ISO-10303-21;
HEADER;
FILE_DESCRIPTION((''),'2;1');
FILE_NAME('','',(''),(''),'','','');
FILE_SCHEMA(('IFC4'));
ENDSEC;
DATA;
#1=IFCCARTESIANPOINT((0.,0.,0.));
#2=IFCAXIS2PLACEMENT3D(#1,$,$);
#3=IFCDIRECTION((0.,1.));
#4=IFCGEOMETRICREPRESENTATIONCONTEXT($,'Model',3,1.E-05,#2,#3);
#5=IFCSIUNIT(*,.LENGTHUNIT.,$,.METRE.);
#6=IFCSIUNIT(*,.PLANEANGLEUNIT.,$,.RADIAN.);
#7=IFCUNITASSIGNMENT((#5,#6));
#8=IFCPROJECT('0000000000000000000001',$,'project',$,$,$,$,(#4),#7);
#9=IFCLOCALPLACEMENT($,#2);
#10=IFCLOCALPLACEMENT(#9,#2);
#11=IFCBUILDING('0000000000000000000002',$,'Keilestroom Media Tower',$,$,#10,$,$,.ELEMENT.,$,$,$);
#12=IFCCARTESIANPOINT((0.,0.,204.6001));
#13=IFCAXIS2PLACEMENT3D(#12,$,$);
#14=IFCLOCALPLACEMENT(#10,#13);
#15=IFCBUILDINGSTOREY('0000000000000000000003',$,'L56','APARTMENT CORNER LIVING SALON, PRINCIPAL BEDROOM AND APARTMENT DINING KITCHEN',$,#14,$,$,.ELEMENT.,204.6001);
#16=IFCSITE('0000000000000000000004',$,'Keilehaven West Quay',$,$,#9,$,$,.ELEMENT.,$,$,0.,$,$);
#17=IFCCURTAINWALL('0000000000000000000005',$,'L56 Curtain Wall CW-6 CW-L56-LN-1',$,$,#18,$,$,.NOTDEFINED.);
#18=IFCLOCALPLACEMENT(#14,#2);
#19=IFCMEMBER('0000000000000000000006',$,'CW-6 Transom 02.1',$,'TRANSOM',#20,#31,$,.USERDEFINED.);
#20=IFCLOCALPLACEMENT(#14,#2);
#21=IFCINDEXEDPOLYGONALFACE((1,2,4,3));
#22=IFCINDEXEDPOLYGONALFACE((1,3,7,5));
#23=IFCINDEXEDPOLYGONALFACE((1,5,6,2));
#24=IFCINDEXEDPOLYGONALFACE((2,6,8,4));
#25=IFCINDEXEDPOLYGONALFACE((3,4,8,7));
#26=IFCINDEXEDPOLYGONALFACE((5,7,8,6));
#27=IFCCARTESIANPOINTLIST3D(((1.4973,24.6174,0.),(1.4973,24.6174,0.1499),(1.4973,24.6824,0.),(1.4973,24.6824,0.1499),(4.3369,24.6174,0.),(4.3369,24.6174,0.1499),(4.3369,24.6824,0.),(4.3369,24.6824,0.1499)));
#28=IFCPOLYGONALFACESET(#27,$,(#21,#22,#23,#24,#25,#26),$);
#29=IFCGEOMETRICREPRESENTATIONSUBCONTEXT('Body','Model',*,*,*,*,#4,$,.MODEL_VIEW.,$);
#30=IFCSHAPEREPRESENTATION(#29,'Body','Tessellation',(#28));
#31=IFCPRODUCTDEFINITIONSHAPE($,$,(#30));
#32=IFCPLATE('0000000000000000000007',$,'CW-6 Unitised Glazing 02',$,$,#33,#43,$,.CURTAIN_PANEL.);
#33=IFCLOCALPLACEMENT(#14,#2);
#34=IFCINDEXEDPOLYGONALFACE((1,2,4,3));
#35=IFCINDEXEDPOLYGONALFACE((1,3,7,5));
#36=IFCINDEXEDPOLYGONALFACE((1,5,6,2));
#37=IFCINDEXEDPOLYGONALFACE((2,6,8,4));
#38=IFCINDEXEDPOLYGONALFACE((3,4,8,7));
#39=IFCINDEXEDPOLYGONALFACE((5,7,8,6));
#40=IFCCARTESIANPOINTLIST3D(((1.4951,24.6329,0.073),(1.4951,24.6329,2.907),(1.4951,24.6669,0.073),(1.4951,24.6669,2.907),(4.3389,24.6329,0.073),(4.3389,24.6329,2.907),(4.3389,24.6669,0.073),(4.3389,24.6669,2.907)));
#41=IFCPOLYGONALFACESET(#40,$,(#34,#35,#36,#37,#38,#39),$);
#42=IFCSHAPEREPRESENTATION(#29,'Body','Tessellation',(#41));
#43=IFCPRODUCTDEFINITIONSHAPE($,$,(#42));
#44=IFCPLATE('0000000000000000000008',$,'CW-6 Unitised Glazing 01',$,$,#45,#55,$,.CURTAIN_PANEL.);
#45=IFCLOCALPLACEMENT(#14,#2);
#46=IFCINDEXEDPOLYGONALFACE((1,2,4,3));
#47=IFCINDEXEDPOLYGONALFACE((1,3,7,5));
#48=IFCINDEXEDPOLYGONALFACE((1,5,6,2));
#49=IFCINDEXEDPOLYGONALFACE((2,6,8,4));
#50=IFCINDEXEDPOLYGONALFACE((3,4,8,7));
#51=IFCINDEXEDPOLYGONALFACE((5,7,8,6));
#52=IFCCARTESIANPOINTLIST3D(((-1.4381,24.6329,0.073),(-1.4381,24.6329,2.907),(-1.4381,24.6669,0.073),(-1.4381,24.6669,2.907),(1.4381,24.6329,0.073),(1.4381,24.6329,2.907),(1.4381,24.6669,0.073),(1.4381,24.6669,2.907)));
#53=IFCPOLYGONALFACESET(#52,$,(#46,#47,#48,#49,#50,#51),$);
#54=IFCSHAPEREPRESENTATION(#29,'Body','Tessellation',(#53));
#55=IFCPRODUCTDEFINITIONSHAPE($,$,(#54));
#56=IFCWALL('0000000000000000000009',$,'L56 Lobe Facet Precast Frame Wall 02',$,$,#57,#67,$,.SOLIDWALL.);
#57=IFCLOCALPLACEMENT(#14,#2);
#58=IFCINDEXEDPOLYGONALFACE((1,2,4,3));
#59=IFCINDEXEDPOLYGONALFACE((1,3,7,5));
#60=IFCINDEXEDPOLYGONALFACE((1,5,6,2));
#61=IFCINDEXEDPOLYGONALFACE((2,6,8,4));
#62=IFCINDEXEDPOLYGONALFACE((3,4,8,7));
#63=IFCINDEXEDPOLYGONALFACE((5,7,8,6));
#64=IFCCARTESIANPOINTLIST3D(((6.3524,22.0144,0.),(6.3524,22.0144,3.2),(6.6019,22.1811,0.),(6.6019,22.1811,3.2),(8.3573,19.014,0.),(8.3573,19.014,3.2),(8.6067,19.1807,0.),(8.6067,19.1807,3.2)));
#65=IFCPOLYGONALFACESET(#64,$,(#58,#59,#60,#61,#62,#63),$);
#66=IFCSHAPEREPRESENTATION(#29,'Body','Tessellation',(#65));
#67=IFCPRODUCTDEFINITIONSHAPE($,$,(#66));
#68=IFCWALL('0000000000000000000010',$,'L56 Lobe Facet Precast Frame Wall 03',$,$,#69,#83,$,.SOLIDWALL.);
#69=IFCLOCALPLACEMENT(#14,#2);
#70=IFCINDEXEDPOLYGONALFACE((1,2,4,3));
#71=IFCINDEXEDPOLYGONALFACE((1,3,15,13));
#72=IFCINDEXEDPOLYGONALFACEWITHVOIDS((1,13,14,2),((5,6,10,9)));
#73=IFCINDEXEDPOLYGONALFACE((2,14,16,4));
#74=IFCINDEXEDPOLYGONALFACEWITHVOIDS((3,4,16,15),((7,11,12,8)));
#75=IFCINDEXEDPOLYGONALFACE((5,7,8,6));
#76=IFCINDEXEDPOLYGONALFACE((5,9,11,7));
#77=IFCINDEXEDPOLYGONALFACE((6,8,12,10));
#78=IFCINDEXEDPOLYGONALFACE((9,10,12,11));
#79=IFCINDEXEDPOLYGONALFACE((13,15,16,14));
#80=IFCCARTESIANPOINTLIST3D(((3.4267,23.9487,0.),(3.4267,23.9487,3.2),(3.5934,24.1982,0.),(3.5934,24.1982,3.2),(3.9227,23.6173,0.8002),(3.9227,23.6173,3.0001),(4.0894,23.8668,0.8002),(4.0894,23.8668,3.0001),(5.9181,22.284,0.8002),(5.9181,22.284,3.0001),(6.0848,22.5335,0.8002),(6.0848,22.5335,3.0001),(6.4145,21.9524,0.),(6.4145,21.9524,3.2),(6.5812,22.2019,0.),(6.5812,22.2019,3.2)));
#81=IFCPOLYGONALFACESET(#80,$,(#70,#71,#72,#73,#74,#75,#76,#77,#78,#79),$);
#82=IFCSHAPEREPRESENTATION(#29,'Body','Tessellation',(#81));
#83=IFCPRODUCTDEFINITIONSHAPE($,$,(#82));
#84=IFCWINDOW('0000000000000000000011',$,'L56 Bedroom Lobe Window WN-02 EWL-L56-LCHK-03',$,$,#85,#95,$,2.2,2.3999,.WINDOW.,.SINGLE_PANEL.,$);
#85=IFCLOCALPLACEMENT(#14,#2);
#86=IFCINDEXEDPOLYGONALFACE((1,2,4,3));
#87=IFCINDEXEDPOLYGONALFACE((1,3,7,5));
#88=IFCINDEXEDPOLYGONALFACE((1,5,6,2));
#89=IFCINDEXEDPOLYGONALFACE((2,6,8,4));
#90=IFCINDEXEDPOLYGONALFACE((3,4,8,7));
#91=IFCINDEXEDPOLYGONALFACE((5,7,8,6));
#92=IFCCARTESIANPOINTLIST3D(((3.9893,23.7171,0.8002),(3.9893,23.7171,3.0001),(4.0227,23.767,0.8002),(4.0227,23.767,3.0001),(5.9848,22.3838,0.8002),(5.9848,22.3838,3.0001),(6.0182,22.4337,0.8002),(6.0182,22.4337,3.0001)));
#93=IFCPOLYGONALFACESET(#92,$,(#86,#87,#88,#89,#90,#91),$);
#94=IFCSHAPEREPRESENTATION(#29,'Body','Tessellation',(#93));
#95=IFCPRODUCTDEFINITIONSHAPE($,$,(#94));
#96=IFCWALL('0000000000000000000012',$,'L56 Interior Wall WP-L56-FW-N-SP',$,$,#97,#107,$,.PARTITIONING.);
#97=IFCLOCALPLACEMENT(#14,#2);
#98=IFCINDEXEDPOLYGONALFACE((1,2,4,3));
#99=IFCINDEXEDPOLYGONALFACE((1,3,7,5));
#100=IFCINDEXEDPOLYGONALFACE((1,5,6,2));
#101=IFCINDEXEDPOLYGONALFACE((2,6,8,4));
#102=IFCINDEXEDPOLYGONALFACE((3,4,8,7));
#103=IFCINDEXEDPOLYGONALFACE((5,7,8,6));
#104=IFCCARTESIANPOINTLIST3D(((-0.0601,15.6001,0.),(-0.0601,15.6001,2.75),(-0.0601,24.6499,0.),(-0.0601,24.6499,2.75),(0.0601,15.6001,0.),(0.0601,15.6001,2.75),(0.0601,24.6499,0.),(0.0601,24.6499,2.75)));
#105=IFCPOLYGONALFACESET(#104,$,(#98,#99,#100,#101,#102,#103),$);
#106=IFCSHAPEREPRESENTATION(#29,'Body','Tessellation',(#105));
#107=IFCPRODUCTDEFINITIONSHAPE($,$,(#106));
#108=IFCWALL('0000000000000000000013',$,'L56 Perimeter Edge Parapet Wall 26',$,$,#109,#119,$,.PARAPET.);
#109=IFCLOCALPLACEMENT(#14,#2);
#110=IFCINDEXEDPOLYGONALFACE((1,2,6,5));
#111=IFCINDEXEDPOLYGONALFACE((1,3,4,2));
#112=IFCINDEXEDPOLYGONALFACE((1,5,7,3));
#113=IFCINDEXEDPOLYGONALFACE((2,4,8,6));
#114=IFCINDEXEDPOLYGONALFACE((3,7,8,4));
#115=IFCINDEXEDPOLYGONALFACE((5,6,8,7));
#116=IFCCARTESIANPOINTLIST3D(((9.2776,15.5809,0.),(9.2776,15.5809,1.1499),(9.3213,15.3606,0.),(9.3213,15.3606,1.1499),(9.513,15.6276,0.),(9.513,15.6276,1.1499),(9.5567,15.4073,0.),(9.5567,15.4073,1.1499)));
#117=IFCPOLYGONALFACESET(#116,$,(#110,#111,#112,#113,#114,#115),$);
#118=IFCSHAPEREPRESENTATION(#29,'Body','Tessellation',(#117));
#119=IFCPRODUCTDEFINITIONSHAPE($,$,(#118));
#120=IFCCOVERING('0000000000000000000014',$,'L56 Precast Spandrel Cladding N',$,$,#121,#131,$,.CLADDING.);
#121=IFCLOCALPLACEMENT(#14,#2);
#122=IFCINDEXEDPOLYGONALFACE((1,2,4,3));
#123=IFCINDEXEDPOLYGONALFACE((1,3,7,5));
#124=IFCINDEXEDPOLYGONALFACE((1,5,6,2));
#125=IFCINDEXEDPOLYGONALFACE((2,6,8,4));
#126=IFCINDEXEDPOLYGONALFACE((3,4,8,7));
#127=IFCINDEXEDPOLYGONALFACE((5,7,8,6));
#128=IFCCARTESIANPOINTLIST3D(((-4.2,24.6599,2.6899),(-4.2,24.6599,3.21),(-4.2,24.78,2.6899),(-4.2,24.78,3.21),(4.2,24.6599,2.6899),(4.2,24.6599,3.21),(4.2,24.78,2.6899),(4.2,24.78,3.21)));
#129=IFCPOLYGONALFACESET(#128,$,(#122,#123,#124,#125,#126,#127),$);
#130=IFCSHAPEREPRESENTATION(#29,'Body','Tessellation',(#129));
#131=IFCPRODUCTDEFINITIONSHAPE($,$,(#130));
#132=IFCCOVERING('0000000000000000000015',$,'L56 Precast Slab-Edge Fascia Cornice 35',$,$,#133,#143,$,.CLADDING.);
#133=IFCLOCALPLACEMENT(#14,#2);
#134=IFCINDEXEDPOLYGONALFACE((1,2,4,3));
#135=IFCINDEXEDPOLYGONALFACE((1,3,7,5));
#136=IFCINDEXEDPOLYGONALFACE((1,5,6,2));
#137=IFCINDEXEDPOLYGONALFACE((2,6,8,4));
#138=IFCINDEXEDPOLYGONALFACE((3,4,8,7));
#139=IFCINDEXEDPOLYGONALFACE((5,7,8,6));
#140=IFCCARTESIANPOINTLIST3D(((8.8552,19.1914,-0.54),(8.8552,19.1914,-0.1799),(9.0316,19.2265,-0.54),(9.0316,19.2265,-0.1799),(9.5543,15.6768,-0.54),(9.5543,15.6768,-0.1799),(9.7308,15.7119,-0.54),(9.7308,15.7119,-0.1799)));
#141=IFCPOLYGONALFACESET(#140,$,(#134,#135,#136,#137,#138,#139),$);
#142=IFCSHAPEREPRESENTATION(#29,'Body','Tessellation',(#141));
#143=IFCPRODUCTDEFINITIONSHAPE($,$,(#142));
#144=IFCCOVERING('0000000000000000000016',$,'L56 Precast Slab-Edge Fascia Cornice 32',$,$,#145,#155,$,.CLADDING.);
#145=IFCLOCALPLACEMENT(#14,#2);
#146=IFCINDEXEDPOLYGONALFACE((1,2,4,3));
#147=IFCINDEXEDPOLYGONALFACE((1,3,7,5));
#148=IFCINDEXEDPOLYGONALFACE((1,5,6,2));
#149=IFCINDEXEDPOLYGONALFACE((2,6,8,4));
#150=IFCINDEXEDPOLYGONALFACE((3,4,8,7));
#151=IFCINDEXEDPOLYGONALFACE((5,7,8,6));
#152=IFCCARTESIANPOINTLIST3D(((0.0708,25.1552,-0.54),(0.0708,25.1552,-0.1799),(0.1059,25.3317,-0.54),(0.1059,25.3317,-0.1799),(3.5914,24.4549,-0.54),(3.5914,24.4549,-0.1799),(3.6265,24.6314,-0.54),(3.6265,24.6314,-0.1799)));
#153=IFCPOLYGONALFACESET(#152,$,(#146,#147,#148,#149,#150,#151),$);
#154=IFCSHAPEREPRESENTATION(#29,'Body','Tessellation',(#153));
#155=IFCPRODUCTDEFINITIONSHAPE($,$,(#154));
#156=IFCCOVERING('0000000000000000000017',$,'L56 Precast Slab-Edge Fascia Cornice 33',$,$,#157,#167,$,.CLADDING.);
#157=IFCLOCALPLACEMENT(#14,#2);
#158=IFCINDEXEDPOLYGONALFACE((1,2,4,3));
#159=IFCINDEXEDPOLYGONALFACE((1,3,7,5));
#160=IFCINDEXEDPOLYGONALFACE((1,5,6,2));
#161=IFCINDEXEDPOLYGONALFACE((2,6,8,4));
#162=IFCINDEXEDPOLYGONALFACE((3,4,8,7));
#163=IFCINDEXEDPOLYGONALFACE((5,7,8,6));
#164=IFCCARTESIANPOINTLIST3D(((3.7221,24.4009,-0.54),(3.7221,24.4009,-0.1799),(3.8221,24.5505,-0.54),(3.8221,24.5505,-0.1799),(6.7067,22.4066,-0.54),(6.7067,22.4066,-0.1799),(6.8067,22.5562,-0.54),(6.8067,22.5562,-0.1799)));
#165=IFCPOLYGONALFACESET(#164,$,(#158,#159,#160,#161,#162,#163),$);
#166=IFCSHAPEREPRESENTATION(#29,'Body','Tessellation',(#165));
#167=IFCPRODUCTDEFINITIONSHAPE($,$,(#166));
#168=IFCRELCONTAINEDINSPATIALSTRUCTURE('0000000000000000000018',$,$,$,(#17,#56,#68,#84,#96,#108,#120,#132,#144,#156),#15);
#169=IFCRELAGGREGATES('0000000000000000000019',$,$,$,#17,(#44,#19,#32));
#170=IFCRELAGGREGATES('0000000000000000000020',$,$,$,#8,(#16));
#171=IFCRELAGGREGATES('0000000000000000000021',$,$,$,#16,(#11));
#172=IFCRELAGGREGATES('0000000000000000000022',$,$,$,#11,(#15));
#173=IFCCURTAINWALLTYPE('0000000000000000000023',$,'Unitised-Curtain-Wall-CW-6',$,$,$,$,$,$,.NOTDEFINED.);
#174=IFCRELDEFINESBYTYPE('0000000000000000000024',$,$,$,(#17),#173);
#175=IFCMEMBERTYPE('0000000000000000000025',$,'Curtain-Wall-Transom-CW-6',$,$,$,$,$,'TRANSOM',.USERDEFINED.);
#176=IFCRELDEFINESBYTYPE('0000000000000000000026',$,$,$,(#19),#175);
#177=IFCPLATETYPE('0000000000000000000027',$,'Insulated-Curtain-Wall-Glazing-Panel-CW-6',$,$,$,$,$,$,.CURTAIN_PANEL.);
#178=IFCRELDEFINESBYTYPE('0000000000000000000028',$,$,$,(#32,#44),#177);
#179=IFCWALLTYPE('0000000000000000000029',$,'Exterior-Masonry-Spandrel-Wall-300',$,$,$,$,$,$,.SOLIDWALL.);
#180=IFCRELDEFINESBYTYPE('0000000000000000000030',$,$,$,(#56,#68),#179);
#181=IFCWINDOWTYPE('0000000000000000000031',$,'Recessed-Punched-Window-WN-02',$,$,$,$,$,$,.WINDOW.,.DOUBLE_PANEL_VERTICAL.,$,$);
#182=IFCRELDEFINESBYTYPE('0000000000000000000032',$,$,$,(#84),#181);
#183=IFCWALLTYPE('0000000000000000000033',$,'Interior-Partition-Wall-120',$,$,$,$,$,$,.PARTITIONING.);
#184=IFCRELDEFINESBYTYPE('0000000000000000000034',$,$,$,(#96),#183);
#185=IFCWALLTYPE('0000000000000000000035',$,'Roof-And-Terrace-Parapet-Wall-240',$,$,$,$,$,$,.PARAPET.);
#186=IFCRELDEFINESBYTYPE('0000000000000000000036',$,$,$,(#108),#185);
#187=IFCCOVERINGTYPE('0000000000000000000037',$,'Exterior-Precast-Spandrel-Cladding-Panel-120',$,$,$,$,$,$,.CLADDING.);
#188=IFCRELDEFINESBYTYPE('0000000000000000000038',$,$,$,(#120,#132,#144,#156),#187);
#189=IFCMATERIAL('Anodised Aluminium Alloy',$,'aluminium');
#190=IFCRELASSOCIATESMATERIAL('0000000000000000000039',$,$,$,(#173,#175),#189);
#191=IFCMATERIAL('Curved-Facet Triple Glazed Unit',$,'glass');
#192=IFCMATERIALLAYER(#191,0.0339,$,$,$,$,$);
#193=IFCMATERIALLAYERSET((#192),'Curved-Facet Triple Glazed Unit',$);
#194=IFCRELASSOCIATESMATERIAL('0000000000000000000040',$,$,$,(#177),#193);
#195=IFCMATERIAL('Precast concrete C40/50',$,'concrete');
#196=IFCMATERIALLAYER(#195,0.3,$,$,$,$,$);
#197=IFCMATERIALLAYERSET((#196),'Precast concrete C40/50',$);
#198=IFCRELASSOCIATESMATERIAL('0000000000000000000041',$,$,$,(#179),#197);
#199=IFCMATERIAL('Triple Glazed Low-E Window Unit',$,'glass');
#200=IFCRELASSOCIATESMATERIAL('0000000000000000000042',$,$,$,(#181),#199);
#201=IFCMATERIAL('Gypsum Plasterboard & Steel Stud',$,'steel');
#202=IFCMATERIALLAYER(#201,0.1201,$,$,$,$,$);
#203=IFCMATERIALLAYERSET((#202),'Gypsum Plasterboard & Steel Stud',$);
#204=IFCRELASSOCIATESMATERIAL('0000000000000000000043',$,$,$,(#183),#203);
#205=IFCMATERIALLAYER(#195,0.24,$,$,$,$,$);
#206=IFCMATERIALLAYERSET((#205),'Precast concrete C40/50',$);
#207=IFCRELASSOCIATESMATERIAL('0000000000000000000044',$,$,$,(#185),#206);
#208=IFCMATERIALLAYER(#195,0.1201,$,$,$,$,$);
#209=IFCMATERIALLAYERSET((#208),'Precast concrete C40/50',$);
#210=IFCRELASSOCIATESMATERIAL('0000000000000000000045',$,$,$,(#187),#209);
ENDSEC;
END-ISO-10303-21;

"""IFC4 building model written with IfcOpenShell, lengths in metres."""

from ifc_helpers import new_model, si_unit, direction, frame, frame_2d, origin, origin_2d, place, context, subcontext, project, spatial, rectangle, extrude, source, transform, mapped, material, layer, layer_set, material_profile, profile_set, type_object, element, fill, aggregate, save


model = new_model("IFC4")

# Units and contexts
model_context = context("Model", 3, precision=1e-05, world=origin(), true_north=direction((0.0, 1.0)))
body_context = subcontext(model_context, "Body", "Model", "MODEL_VIEW")
ifc_project = project(units=[si_unit("LENGTHUNIT", "METRE"), si_unit("PLANEANGLEUNIT", "RADIAN")], contexts=[model_context])

# Site, building, storey
site_placement = place(None, origin())
site = spatial("IfcSite", under=ifc_project, at=site_placement, Name="Keilehaven West Quay", CompositionType="ELEMENT", RefElevation=0.0)
building_placement = place(site_placement, origin())
building = spatial("IfcBuilding", under=site, at=building_placement, Name="Keilestroom Media Tower", CompositionType="ELEMENT")
storey_placement = place(building_placement, frame((0.0, 0.0, 204.6001)))
storey = spatial("IfcBuildingStorey", under=building, at=storey_placement, Name="L56", Description="APARTMENT CORNER LIVING SALON, PRINCIPAL BEDROOM AND APARTMENT DINING KITCHEN", CompositionType="ELEMENT", Elevation=204.6001)

# Curtain wall, member, plates
ifc_material_1 = material(Name="Anodised Aluminium Alloy", Category="aluminium")
curtain_wall_type = type_object("IfcCurtainWallType", Name="Unitised-Curtain-Wall-CW-6", PredefinedType="NOTDEFINED", material=ifc_material_1)
curtain_wall_placement = place(storey_placement, origin())
curtain_wall = element("IfcCurtainWall", 1, at=curtain_wall_placement, inside=storey, type_object=curtain_wall_type, Name="L56 Curtain Wall CW-6 CW-L56-LN-1", PredefinedType="NOTDEFINED")
ifc_material_profile_1 = material_profile(ifc_material_1, rectangle(XDim=0.0649, YDim=0.1499, at=origin_2d()), Name="ALU TRANSOM 65x150")
ifc_profile_set_1 = profile_set([ifc_material_profile_1], Name="Anodised Aluminium Alloy")
member_type_1 = type_object("IfcMemberType", Name="Curtain-Wall-Transom-CW-6", ElementType="TRANSOM", PredefinedType="USERDEFINED", material=ifc_profile_set_1)
shared_shape_1 = source(origin(), body_context, "Body", "SweptSolid", [
    extrude(rectangle(XDim=0.0649, YDim=0.1499, at=origin_2d()), origin(), (0.0, 0.0, 1.0), 2.8396),
])
member_1_placement = place(storey_placement, frame((1.4973, 24.6499, 0.075), z_axis=(1.0, 0.0, 0.0), x_axis=(0.0, 1.0, 0.0)))
member_1 = element("IfcMember", 2, at=member_1_placement, type_object=member_type_1, Name="CW-6 Transom 02.1", ObjectType="TRANSOM", PredefinedType="USERDEFINED", context=body_context, shape_type="MappedRepresentation", body=[
    mapped(shared_shape_1, transform((0.0, 0.0, 0.0), x_axis=(1.0, 0.0, 0.0), y_axis=(0.0, 1.0, 0.0), z_axis=(0.0, 0.0, 1.0), scale=1.0)),
])
ifc_material_2 = material(Name="Curved-Facet Triple Glazed Unit", Category="glass")
ifc_layer_1 = layer(ifc_material_2, 0.0339)
ifc_layer_set_1 = layer_set([ifc_layer_1], Name="Curved-Facet Triple Glazed Unit")
plate_type = type_object("IfcPlateType", Name="Insulated-Curtain-Wall-Glazing-Panel-CW-6", PredefinedType="CURTAIN_PANEL", material=ifc_layer_set_1)
shared_shape_2 = source(origin(), body_context, "Body", "SweptSolid", [
    extrude(rectangle(XDim=2.8438, YDim=0.0339, at=origin_2d()), origin(), (0.0, 0.0, 1.0), 2.834),
])
plate_1_placement = place(storey_placement, frame((2.917, 24.6499, 0.073), z_axis=(0.0, 0.0, 1.0), x_axis=(1.0, 0.0, 0.0)))
plate_1 = element("IfcPlate", 3, at=plate_1_placement, type_object=plate_type, Name="CW-6 Unitised Glazing 02", PredefinedType="CURTAIN_PANEL", context=body_context, shape_type="MappedRepresentation", body=[
    mapped(shared_shape_2, transform((0.0, 0.0, 0.0), x_axis=(1.0, 0.0, 0.0), y_axis=(0.0, 1.0, 0.0), z_axis=(0.0, 0.0, 1.0), scale=1.0)),
])
shared_shape_3 = source(origin(), body_context, "Body", "SweptSolid", [
    extrude(rectangle(XDim=2.8762, YDim=0.0339, at=origin_2d()), origin(), (0.0, 0.0, 1.0), 2.834),
])
plate_2_placement = place(storey_placement, frame((0.0, 24.6499, 0.073), z_axis=(0.0, 0.0, 1.0), x_axis=(1.0, 0.0, 0.0)))
plate_2 = element("IfcPlate", 4, at=plate_2_placement, type_object=plate_type, Name="CW-6 Unitised Glazing 01", PredefinedType="CURTAIN_PANEL", context=body_context, shape_type="MappedRepresentation", body=[
    mapped(shared_shape_3, transform((0.0, 0.0, 0.0), x_axis=(1.0, 0.0, 0.0), y_axis=(0.0, 1.0, 0.0), z_axis=(0.0, 0.0, 1.0), scale=1.0)),
])
aggregate(curtain_wall, [plate_2, member_1, plate_1])

# Wall
ifc_material_3 = material(Name="Precast concrete C40/50", Category="concrete")
ifc_layer_2 = layer(ifc_material_3, 0.3)
ifc_layer_set_2 = layer_set([ifc_layer_2], Name="Precast concrete C40/50")
wall_type_1 = type_object("IfcWallType", Name="Exterior-Masonry-Spandrel-Wall-300", PredefinedType="SOLIDWALL", material=ifc_layer_set_2)
wall_1_placement = place(storey_placement, frame((8.4819, 19.0974, 0.0), z_axis=(0.0, 0.0, 1.0), x_axis=(-0.555574, 0.831467, 0.0)))
element("IfcWall", 5, at=wall_1_placement, inside=storey, type_object=wall_type_1, Name="L56 Lobe Facet Precast Frame Wall 02", PredefinedType="SOLIDWALL", context=body_context, shape_type="SweptSolid", body=[
    extrude(rectangle(XDim=3.6086, YDim=0.3, at=frame_2d((1.8042, 0.0))), origin(), (0.0, 0.0, 1.0), 3.2),
])

# Wall, opening, window
wall_2_placement = place(storey_placement, frame((6.4978, 22.0771, 0.0), z_axis=(0.0, 0.0, 1.0), x_axis=(-0.831475, 0.555562, 0.0)))
wall_2 = element("IfcWall", 6, at=wall_2_placement, inside=storey, type_object=wall_type_1, Name="L56 Lobe Facet Precast Frame Wall 03", PredefinedType="SOLIDWALL", context=body_context, shape_type="SweptSolid", body=[
    extrude(rectangle(XDim=3.5933, YDim=0.3, at=frame_2d((1.7966, 0.0))), origin(), (0.0, 0.0, 1.0), 3.2),
])
opening_placement = place(wall_2_placement, frame((0.5969, 0.0, 0.8)))
opening = element("IfcOpeningElement", 7, at=opening_placement, cuts=wall_2, PredefinedType="OPENING", context=body_context, shape_type="SweptSolid", body=[
    extrude(rectangle(XDim=2.3999, YDim=2.2, at=frame_2d((1.2, 1.1001))), frame((0.0, 0.1602, 0.0), z_axis=(0.0, -1.0, 0.0), x_axis=(1.0, 0.0, 0.0)), (0.0, 0.0, 1.0), 0.3201),
])
ifc_material_4 = material(Name="Triple Glazed Low-E Window Unit", Category="glass")
window_type = type_object("IfcWindowType", Name="Recessed-Punched-Window-WN-02", PartitioningType="DOUBLE_PANEL_VERTICAL", PredefinedType="WINDOW", material=ifc_material_4)
shared_shape_4 = source(origin(), body_context, "Body", "SweptSolid", [
    extrude(rectangle(XDim=2.3999, YDim=2.2, at=frame_2d((1.2, 1.1001))), frame((0.0, 0.03, 0.0), z_axis=(0.0, -1.0, 0.0), x_axis=(1.0, 0.0, 0.0)), (0.0, 0.0, 1.0), 0.0601),
])
window_placement = place(opening_placement, origin())
window = element("IfcWindow", 8, at=window_placement, inside=storey, type_object=window_type, Name="L56 Bedroom Lobe Window WN-02 EWL-L56-LCHK-03", OverallHeight=2.2, OverallWidth=2.3999, PartitioningType="SINGLE_PANEL", PredefinedType="WINDOW", context=body_context, shape_type="MappedRepresentation", body=[
    mapped(shared_shape_4, transform((0.0, 0.0, 0.0), x_axis=(1.0, 0.0, 0.0), y_axis=(0.0, 1.0, 0.0), z_axis=(0.0, 0.0, 1.0), scale=1.0)),
])
fill(opening, window)

# Walls
ifc_material_5 = material(Name="Gypsum Plasterboard & Steel Stud", Category="steel")
ifc_layer_3 = layer(ifc_material_5, 0.1201)
ifc_layer_set_3 = layer_set([ifc_layer_3], Name="Gypsum Plasterboard & Steel Stud")
wall_type_2 = type_object("IfcWallType", Name="Interior-Partition-Wall-120", PredefinedType="PARTITIONING", material=ifc_layer_set_3)
wall_3_placement = place(storey_placement, frame((0.0, 15.6001, 0.0), z_axis=(0.0, 0.0, 1.0), x_axis=(0.0, 1.0, 0.0)))
element("IfcWall", 9, at=wall_3_placement, inside=storey, type_object=wall_type_2, Name="L56 Interior Wall WP-L56-FW-N-SP", PredefinedType="PARTITIONING", context=body_context, shape_type="SweptSolid", body=[
    extrude(rectangle(XDim=9.0498, YDim=0.1201, at=frame_2d((4.5249, 0.0))), origin(), (0.0, 0.0, 1.0), 2.75),
])
ifc_layer_4 = layer(ifc_material_3, 0.24)
ifc_layer_set_4 = layer_set([ifc_layer_4], Name="Precast concrete C40/50")
wall_type_3 = type_object("IfcWallType", Name="Roof-And-Terrace-Parapet-Wall-240", PredefinedType="PARAPET", material=ifc_layer_set_4)
wall_4_placement = place(storey_placement, frame((9.3953, 15.6042, 0.0), z_axis=(0.0, 0.0, 1.0), x_axis=(0.194652, -0.980872, 0.0)))
element("IfcWall", 10, at=wall_4_placement, inside=storey, type_object=wall_type_3, Name="L56 Perimeter Edge Parapet Wall 26", PredefinedType="PARAPET", context=body_context, shape_type="SweptSolid", body=[
    extrude(rectangle(XDim=0.2246, YDim=0.24, at=frame_2d((0.1123, 0.0))), origin(), (0.0, 0.0, 1.0), 1.1499),
])

# Coverings
ifc_layer_5 = layer(ifc_material_3, 0.1201)
ifc_layer_set_5 = layer_set([ifc_layer_5], Name="Precast concrete C40/50")
covering_type = type_object("IfcCoveringType", Name="Exterior-Precast-Spandrel-Cladding-Panel-120", PredefinedType="CLADDING", material=ifc_layer_set_5)
shared_shape_5 = source(origin(), body_context, "Body", "SweptSolid", [
    extrude(rectangle(XDim=8.3999, YDim=0.1201, at=origin_2d()), origin(), (0.0, 0.0, 1.0), 0.52),
])
covering_1_placement = place(storey_placement, frame((0.0, 24.72, 2.6899), z_axis=(0.0, 0.0, 1.0), x_axis=(1.0, 0.0, 0.0)))
element("IfcCovering", 11, at=covering_1_placement, inside=storey, type_object=covering_type, Name="L56 Precast Spandrel Cladding N", PredefinedType="CLADDING", context=body_context, shape_type="MappedRepresentation", body=[
    mapped(shared_shape_5, transform((0.0, 0.0, 0.0), x_axis=(1.0, 0.0, 0.0), y_axis=(0.0, 1.0, 0.0), z_axis=(0.0, 0.0, 1.0), scale=1.0)),
])
shared_shape_6 = source(origin(), body_context, "Body", "SweptSolid", [
    extrude(rectangle(XDim=3.5835, YDim=0.1799, at=origin_2d()), origin(), (0.0, 0.0, 1.0), 0.3601),
])
covering_2_placement = place(storey_placement, frame((9.293, 17.4517, -0.54), z_axis=(0.0, 0.0, 1.0), x_axis=(0.195099, -0.980784, 0.0)))
element("IfcCovering", 12, at=covering_2_placement, inside=storey, type_object=covering_type, Name="L56 Precast Slab-Edge Fascia Cornice 35", PredefinedType="CLADDING", context=body_context, shape_type="MappedRepresentation", body=[
    mapped(shared_shape_6, transform((0.0, 0.0, 0.0), x_axis=(1.0, 0.0, 0.0), y_axis=(0.0, 1.0, 0.0), z_axis=(0.0, 0.0, 1.0), scale=1.0)),
])
shared_shape_7 = source(origin(), body_context, "Body", "SweptSolid", [
    extrude(rectangle(XDim=3.5896, YDim=0.1799, at=origin_2d()), origin(), (0.0, 0.0, 1.0), 0.3601),
])
for number, where, z_axis, x_axis, name in (
    (13, (1.8486, 24.8933, -0.54), (0.0, 0.0, 1.0), (0.980784, -0.195099, 0.0), "L56 Precast Slab-Edge Fascia Cornice 32"),
    (14, (5.2644, 23.4785, -0.54), (0.0, 0.0, 1.0), (0.831467, -0.555575, 0.0), "L56 Precast Slab-Edge Fascia Cornice 33"),
):
    element("IfcCovering", number, at=place(storey_placement, frame(where, z_axis=z_axis, x_axis=x_axis)), inside=storey, type_object=covering_type, Name=name, PredefinedType="CLADDING", context=body_context, shape_type="MappedRepresentation", body=[
        mapped(shared_shape_7, transform((0.0, 0.0, 0.0), x_axis=(1.0, 0.0, 0.0), y_axis=(0.0, 1.0, 0.0), z_axis=(0.0, 0.0, 1.0), scale=1.0)),
    ])

save(model, "model.ifc")
